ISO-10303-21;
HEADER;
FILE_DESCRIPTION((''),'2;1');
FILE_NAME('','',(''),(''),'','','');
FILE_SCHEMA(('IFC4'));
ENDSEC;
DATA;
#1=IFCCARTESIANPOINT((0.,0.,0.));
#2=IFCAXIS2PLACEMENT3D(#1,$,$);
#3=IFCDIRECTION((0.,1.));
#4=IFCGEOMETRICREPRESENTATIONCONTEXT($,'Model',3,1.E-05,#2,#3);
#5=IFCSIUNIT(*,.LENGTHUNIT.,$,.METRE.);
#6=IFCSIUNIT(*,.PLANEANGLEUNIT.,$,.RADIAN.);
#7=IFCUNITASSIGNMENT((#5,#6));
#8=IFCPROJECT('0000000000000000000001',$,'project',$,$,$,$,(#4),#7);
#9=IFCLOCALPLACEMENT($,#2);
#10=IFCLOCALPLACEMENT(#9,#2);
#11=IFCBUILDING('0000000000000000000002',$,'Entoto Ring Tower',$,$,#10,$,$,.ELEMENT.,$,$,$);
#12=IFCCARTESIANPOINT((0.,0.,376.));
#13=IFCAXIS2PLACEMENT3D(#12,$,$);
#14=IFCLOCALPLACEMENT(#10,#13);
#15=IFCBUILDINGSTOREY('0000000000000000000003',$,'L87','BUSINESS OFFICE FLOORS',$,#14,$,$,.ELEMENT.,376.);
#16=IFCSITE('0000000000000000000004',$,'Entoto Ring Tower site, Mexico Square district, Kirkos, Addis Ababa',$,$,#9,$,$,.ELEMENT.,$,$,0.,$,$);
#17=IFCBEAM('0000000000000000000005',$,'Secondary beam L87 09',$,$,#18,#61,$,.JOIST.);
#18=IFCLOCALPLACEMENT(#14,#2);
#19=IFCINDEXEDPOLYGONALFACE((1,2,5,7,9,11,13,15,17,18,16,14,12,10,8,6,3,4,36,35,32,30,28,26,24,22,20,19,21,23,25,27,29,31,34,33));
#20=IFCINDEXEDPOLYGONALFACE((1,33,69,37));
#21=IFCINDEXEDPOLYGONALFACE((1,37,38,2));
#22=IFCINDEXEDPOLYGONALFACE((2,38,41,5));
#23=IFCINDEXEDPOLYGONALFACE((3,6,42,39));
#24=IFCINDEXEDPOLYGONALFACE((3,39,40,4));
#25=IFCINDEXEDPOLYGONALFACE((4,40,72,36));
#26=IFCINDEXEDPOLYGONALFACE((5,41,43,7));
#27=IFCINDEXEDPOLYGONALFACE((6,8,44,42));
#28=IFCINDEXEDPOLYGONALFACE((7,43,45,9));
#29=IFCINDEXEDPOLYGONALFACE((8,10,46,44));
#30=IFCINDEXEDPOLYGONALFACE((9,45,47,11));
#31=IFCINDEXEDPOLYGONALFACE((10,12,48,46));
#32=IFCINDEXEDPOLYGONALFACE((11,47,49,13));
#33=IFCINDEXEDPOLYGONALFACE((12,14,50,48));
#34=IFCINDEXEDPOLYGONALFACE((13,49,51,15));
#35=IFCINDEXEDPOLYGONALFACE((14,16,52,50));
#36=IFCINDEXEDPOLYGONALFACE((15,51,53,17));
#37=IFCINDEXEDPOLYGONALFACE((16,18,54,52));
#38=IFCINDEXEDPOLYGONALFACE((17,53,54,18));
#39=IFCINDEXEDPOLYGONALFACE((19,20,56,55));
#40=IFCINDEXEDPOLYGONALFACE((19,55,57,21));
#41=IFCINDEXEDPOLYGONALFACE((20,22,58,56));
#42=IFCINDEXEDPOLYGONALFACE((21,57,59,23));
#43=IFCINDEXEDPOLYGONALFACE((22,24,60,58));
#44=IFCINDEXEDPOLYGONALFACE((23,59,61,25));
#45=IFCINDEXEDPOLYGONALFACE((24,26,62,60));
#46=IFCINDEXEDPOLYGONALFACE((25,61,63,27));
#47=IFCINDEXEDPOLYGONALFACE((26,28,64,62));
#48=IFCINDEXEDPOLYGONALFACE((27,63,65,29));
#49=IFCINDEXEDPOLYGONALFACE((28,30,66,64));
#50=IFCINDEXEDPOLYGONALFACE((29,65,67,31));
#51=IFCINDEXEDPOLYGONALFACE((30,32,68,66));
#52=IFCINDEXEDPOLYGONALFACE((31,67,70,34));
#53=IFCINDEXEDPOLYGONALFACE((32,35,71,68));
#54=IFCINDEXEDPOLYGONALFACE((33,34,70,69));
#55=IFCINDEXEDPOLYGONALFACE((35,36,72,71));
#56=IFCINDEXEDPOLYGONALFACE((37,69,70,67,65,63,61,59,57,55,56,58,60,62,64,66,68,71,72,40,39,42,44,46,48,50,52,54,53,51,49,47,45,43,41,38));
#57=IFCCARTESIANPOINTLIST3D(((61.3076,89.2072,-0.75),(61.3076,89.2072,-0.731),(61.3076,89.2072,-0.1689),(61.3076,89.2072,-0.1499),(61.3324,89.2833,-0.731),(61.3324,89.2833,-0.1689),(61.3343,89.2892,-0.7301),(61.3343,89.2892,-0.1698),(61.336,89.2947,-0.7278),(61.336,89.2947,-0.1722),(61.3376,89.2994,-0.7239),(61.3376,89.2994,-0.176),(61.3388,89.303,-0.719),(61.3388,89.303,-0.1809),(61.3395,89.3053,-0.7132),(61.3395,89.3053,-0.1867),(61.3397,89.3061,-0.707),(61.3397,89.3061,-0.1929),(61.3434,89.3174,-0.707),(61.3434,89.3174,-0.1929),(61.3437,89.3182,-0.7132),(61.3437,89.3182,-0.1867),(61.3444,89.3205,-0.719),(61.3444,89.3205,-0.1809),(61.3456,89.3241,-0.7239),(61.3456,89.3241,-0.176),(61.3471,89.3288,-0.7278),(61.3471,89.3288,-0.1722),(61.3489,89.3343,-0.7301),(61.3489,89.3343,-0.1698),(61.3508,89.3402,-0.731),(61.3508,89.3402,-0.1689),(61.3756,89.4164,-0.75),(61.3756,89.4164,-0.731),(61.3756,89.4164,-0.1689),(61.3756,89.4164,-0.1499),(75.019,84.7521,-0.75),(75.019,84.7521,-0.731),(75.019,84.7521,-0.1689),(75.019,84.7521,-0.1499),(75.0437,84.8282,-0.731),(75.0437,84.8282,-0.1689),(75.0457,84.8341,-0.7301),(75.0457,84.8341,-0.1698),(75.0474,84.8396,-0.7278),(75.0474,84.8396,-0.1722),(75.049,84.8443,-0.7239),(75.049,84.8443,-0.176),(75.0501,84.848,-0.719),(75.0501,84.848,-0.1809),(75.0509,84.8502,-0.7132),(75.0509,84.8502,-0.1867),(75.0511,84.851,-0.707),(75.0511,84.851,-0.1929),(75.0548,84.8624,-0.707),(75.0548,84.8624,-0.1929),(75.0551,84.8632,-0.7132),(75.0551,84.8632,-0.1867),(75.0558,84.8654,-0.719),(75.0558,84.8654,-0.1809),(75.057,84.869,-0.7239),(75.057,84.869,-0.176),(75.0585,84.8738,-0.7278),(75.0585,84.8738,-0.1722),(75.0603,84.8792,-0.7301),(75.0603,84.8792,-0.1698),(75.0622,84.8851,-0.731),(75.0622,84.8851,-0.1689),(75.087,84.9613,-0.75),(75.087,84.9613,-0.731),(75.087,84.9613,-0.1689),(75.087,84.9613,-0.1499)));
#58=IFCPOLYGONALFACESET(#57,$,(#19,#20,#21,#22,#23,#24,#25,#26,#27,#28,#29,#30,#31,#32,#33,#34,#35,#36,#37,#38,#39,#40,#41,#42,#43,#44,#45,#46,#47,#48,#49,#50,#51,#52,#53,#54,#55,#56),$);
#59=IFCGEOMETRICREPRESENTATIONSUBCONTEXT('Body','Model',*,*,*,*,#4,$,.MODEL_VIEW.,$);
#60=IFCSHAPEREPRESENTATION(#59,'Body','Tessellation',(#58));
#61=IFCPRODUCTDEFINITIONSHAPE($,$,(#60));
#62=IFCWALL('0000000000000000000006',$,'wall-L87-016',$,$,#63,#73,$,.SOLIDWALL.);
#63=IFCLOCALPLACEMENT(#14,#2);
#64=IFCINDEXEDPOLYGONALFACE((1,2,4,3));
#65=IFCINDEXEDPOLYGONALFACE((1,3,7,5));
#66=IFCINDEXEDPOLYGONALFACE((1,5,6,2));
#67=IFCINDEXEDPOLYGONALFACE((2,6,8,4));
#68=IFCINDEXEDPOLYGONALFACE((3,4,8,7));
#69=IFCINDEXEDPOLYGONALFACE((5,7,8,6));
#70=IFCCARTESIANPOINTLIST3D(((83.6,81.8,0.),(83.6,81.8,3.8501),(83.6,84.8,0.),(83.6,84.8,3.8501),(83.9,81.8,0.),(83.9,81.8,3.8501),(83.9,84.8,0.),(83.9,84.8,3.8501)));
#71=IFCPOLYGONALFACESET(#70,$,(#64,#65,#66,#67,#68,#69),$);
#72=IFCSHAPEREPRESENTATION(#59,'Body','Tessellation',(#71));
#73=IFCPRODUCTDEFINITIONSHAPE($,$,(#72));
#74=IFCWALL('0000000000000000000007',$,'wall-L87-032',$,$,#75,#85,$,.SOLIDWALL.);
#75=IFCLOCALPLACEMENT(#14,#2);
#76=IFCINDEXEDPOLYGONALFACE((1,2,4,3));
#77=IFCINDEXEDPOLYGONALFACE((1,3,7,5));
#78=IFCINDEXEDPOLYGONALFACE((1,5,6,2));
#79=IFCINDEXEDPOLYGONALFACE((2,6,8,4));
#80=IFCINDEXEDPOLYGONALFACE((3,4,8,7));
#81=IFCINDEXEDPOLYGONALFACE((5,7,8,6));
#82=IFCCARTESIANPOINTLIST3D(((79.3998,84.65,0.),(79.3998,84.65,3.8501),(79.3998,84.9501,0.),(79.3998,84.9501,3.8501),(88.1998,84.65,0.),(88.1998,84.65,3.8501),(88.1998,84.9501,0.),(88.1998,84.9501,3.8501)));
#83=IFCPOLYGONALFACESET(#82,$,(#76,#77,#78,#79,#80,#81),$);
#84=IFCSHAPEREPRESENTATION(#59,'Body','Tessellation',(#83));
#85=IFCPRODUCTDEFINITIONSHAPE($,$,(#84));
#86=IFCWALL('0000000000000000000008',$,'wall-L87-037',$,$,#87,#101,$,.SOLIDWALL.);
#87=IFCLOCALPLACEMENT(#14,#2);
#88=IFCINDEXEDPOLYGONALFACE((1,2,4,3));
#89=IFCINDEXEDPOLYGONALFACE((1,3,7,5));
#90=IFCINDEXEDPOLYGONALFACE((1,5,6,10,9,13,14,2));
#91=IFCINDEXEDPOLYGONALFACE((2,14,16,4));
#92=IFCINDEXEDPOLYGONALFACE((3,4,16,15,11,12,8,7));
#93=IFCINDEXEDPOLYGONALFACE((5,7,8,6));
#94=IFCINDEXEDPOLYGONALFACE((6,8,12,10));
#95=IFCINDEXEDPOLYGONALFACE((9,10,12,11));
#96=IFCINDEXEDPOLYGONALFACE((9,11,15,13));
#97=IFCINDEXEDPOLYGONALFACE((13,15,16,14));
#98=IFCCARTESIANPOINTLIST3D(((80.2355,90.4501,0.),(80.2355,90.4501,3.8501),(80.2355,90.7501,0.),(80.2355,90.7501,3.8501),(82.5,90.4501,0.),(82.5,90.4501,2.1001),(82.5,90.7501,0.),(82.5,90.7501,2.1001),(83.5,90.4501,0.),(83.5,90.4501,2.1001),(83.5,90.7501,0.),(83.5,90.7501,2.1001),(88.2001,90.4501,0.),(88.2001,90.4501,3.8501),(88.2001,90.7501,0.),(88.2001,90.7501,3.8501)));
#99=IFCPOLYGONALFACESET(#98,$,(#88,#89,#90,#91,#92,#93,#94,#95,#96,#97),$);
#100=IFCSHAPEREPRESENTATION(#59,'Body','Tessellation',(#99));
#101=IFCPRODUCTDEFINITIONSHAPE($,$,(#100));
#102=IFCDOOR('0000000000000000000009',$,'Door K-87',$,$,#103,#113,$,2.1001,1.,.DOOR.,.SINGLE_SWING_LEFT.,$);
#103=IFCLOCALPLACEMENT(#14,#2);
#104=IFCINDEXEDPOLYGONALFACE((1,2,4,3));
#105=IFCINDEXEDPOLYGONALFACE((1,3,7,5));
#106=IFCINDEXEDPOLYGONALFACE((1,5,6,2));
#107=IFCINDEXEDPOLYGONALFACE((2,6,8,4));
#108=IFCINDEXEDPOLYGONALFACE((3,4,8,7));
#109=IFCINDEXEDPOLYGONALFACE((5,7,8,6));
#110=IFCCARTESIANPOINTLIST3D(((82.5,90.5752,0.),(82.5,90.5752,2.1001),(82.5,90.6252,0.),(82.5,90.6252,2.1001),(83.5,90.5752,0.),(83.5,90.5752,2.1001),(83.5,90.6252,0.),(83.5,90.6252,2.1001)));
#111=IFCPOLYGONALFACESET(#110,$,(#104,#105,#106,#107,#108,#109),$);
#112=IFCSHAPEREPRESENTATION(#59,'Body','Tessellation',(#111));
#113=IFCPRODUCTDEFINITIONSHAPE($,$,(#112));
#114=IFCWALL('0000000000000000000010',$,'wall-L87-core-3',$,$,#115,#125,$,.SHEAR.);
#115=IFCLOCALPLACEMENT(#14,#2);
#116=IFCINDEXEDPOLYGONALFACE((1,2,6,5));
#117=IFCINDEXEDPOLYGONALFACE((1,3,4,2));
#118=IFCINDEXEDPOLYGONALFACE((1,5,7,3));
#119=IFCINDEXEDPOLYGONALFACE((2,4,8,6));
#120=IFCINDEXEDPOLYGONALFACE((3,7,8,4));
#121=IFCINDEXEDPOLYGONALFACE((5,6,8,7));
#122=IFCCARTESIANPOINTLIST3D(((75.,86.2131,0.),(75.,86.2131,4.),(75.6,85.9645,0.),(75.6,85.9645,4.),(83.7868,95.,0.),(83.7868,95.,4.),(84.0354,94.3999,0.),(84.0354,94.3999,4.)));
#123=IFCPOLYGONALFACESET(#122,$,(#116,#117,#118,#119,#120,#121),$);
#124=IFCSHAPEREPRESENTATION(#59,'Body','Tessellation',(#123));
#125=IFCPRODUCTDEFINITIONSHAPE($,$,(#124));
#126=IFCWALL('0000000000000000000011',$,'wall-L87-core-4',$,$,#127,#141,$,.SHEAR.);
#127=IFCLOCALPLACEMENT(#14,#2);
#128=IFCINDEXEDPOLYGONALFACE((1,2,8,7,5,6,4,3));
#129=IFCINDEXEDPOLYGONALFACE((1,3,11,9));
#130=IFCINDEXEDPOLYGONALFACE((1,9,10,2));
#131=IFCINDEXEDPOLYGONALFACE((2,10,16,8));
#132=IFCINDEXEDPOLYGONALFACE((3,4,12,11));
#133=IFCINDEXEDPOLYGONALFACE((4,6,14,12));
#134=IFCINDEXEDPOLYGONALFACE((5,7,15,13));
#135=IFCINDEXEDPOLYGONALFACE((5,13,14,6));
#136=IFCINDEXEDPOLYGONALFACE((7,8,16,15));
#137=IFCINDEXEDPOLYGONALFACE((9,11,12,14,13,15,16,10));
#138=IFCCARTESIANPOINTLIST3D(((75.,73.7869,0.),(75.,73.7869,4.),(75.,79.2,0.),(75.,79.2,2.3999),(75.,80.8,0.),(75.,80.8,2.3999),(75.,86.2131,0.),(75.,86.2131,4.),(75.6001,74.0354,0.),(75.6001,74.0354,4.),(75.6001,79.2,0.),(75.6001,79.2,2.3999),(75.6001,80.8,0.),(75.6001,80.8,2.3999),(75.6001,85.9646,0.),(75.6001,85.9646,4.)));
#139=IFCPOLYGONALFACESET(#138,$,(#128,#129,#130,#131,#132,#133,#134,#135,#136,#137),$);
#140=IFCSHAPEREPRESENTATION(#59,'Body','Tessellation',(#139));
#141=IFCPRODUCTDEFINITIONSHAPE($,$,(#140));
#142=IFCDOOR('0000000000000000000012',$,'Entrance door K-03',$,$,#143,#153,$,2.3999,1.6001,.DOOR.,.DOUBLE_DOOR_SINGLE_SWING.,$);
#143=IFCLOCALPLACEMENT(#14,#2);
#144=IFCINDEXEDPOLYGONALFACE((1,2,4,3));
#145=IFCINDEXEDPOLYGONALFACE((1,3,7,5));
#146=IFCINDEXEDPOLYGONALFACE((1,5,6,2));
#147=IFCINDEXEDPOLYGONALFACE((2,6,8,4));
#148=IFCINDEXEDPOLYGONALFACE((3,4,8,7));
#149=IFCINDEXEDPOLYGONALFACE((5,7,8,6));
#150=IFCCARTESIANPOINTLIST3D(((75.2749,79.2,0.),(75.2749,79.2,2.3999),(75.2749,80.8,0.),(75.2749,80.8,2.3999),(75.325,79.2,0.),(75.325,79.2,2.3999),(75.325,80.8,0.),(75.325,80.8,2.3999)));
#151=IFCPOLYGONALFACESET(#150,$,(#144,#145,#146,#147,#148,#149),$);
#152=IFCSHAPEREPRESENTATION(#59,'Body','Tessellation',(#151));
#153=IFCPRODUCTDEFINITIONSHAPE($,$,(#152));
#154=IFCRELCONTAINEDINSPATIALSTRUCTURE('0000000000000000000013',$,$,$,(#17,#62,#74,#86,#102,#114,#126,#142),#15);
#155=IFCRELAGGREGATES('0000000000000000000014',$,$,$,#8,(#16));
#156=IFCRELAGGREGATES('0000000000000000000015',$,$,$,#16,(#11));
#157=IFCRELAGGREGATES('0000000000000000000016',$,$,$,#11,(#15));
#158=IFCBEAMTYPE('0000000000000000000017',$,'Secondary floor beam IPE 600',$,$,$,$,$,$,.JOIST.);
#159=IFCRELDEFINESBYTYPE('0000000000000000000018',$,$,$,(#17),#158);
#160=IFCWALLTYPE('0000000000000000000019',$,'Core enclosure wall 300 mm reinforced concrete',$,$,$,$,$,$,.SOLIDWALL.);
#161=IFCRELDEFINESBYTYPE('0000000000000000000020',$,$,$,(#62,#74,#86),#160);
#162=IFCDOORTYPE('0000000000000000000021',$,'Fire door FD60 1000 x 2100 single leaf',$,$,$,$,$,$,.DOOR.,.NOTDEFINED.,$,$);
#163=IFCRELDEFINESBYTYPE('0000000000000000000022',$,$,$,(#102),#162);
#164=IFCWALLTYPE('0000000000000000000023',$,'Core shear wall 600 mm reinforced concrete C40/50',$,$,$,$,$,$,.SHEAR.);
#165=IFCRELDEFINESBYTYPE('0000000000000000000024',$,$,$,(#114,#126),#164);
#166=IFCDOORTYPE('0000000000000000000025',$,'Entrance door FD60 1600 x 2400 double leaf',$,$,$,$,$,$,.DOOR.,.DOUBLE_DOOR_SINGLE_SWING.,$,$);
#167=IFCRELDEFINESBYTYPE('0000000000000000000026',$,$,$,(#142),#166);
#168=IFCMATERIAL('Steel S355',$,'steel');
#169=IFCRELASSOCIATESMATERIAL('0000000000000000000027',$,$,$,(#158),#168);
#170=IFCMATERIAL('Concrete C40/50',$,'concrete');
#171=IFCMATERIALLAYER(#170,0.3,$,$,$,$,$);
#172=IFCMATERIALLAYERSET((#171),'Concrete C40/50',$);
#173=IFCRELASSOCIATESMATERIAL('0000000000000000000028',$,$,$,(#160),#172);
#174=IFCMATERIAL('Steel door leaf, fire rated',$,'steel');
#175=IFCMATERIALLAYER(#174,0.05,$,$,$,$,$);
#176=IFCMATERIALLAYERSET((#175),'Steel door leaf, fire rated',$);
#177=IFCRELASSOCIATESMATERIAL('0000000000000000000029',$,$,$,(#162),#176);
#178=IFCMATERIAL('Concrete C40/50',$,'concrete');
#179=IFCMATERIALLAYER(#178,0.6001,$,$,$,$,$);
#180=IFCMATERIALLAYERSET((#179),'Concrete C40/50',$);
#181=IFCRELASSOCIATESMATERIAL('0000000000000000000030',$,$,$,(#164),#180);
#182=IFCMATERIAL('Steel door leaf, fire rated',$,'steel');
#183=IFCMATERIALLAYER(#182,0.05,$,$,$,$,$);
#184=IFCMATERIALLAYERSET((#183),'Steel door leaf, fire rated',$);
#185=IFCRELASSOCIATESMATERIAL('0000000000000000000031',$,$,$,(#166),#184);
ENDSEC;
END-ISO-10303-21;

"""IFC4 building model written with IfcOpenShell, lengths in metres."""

from ifc_helpers import new_model, si_unit, direction, frame, frame_2d, origin, origin_2d, place, context, subcontext, project, spatial, polyline, rectangle, i_section, outline, extrude, material, layer, layer_set, material_profile, profile_set, type_object, element, fill, save


model = new_model("IFC4")

# Units and contexts
model_context = context("Model", 3, precision=1e-05, world=origin(), true_north=direction((0.0, 1.0)))
body_context = subcontext(model_context, "Body", "Model", "MODEL_VIEW")
ifc_project = project(units=[si_unit("LENGTHUNIT", "METRE"), si_unit("PLANEANGLEUNIT", "RADIAN")], contexts=[model_context])

# Site, building, storey
site_placement = place(None, origin())
site = spatial("IfcSite", under=ifc_project, at=site_placement, Name="Entoto Ring Tower site, Mexico Square district, Kirkos, Addis Ababa", CompositionType="ELEMENT", RefElevation=0.0)
building_placement = place(site_placement, origin())
building = spatial("IfcBuilding", under=site, at=building_placement, Name="Entoto Ring Tower", CompositionType="ELEMENT")
storey_placement = place(building_placement, frame((0.0, 0.0, 376.0)))
storey = spatial("IfcBuildingStorey", under=building, at=storey_placement, Name="L87", Description="BUSINESS OFFICE FLOORS", CompositionType="ELEMENT", Elevation=376.0)

# Beam
ifc_material_1 = material(Name="Steel S355", Category="steel")
ifc_material_profile_1 = material_profile(ifc_material_1, i_section(OverallWidth=0.22, OverallDepth=0.6001, WebThickness=0.012, FlangeThickness=0.019, FilletRadius=0.0239, at=origin_2d()), Name="IPE 600")
ifc_profile_set_1 = profile_set([ifc_material_profile_1], Name="Steel S355")
beam_type_1 = type_object("IfcBeamType", Name="Secondary floor beam IPE 600", PredefinedType="JOIST", material=ifc_profile_set_1)
beam_1_placement = place(storey_placement, frame((75.053, 84.8567, -0.45), z_axis=(-0.951057, 0.309015, 0.0), x_axis=(-0.309015, -0.951057, 0.0)))
element("IfcBeam", 1, at=beam_1_placement, inside=storey, type_object=beam_type_1, Name="Secondary beam L87 09", PredefinedType="JOIST", context=body_context, shape_type="SweptSolid", body=[
    extrude(i_section(OverallWidth=0.22, OverallDepth=0.6001, WebThickness=0.012, FlangeThickness=0.019, FilletRadius=0.0239, at=origin_2d()), origin(), (0.0, 0.0, 1.0), 14.417),
])

# Walls
ifc_material_2 = material(Name="Concrete C40/50", Category="concrete")
ifc_layer_1 = layer(ifc_material_2, 0.3)
ifc_layer_set_1 = layer_set([ifc_layer_1], Name="Concrete C40/50")
wall_type_1 = type_object("IfcWallType", Name="Core enclosure wall 300 mm reinforced concrete", PredefinedType="SOLIDWALL", material=ifc_layer_set_1)
wall_1_placement = place(storey_placement, frame((83.75, 81.8, 0.0), z_axis=(0.0, 0.0, 1.0), x_axis=(0.0, 1.0, 0.0)))
element("IfcWall", 2, at=wall_1_placement, inside=storey, type_object=wall_type_1, Name="wall-L87-016", PredefinedType="SOLIDWALL", context=body_context, shape_type="SweptSolid", body=[
    extrude(rectangle(XDim=3.0, YDim=0.3, at=frame_2d((1.5, 0.0))), origin(), (0.0, 0.0, 1.0), 3.8501),
])
wall_2_placement = place(storey_placement, frame((79.3999, 84.8, 0.0), z_axis=(0.0, 0.0, 1.0), x_axis=(1.0, 0.0, 0.0)))
element("IfcWall", 3, at=wall_2_placement, inside=storey, type_object=wall_type_1, Name="wall-L87-032", PredefinedType="SOLIDWALL", context=body_context, shape_type="SweptSolid", body=[
    extrude(rectangle(XDim=8.8, YDim=0.3, at=frame_2d((4.3999, 0.0))), origin(), (0.0, 0.0, 1.0), 3.8501),
])

# Wall, opening, door
wall_3_placement = place(storey_placement, frame((80.2354, 90.6001, 0.0), z_axis=(0.0, 0.0, 1.0), x_axis=(1.0, 0.0, 0.0)))
wall_3 = element("IfcWall", 4, at=wall_3_placement, inside=storey, type_object=wall_type_1, Name="wall-L87-037", PredefinedType="SOLIDWALL", context=body_context, shape_type="SweptSolid", body=[
    extrude(rectangle(XDim=7.9646, YDim=0.3, at=frame_2d((3.9824, 0.0))), origin(), (0.0, 0.0, 1.0), 3.8501),
])
opening_1_placement = place(wall_3_placement, frame((2.2646, 0.0, 0.0)))
opening_1 = element("IfcOpeningElement", 5, at=opening_1_placement, cuts=wall_3, PredefinedType="OPENING", context=body_context, shape_type="SweptSolid", body=[
    extrude(rectangle(XDim=1.0, YDim=2.1001, at=frame_2d((0.5, 1.05))), frame((0.0, 0.1602, 0.0), z_axis=(0.0, -1.0, 0.0), x_axis=(1.0, 0.0, 0.0)), (0.0, 0.0, 1.0), 0.3201),
])
ifc_material_3 = material(Name="Steel door leaf, fire rated", Category="steel")
ifc_layer_2 = layer(ifc_material_3, 0.05)
ifc_layer_set_2 = layer_set([ifc_layer_2], Name="Steel door leaf, fire rated")
door_type_1 = type_object("IfcDoorType", Name="Fire door FD60 1000 x 2100 single leaf", OperationType="NOTDEFINED", PredefinedType="DOOR", material=ifc_layer_set_2)
door_1_placement = place(opening_1_placement, frame((1.0, 0.0, 0.0), z_axis=(0.0, 0.0, 1.0), x_axis=(-1.0, 0.0, 0.0)))
door_1 = element("IfcDoor", 6, at=door_1_placement, inside=storey, type_object=door_type_1, Name="Door K-87", OperationType="SINGLE_SWING_LEFT", OverallHeight=2.1001, OverallWidth=1.0, PredefinedType="DOOR", context=body_context, shape_type="SweptSolid", body=[
    extrude(rectangle(XDim=1.0, YDim=2.1001, at=frame_2d((0.5, 1.05))), frame((0.0, 0.0249, 0.0), z_axis=(0.0, -1.0, 0.0), x_axis=(1.0, 0.0, 0.0)), (0.0, 0.0, 1.0), 0.05),
])
fill(opening_1, door_1)

# Wall
ifc_material_4 = material(Name="Concrete C40/50", Category="concrete")
ifc_layer_3 = layer(ifc_material_4, 0.6001)
ifc_layer_set_3 = layer_set([ifc_layer_3], Name="Concrete C40/50")
wall_type_2 = type_object("IfcWallType", Name="Core shear wall 600 mm reinforced concrete C40/50", PredefinedType="SHEAR", material=ifc_layer_set_3)
wall_4_placement = place(storey_placement, frame((83.9111, 94.7, 0.0), z_axis=(0.0, 0.0, 1.0), x_axis=(-0.707107, -0.707107, 0.0)))
element("IfcWall", 7, at=wall_4_placement, inside=storey, type_object=wall_type_2, Name="wall-L87-core-3", PredefinedType="SHEAR", context=body_context, shape_type="SweptSolid", body=[
    extrude(outline(polyline([(-0.1243, -0.3), (12.3022, -0.3), (12.0537, 0.3), (0.1243, 0.3), (-0.1243, -0.3)])), origin(), (0.0, 0.0, 1.0), 4.0),
])

# Wall, opening, door
wall_5_placement = place(storey_placement, frame((75.3, 86.0889, 0.0), z_axis=(0.0, 0.0, 1.0), x_axis=(0.0, -1.0, 0.0)))
wall_5 = element("IfcWall", 8, at=wall_5_placement, inside=storey, type_object=wall_type_2, Name="wall-L87-core-4", PredefinedType="SHEAR", context=body_context, shape_type="SweptSolid", body=[
    extrude(outline(polyline([(-0.1243, -0.3), (12.302, -0.3), (12.0535, 0.3), (0.1243, 0.3), (-0.1243, -0.3)])), origin(), (0.0, 0.0, 1.0), 4.0),
])
opening_2_placement = place(wall_5_placement, frame((5.2888, 0.0, 0.0)))
opening_2 = element("IfcOpeningElement", 9, at=opening_2_placement, cuts=wall_5, PredefinedType="OPENING", context=body_context, shape_type="SweptSolid", body=[
    extrude(rectangle(XDim=1.6001, YDim=2.3999, at=frame_2d((0.8, 1.2))), frame((0.0, 0.3101, 0.0), z_axis=(0.0, -1.0, 0.0), x_axis=(1.0, 0.0, 0.0)), (0.0, 0.0, 1.0), 0.6201),
])
ifc_material_5 = material(Name="Steel door leaf, fire rated", Category="steel")
ifc_layer_4 = layer(ifc_material_5, 0.05)
ifc_layer_set_4 = layer_set([ifc_layer_4], Name="Steel door leaf, fire rated")
door_type_2 = type_object("IfcDoorType", Name="Entrance door FD60 1600 x 2400 double leaf", OperationType="DOUBLE_DOOR_SINGLE_SWING", PredefinedType="DOOR", material=ifc_layer_set_4)
door_2_placement = place(opening_2_placement, origin())
door_2 = element("IfcDoor", 10, at=door_2_placement, inside=storey, type_object=door_type_2, Name="Entrance door K-03", OperationType="DOUBLE_DOOR_SINGLE_SWING", OverallHeight=2.3999, OverallWidth=1.6001, PredefinedType="DOOR", context=body_context, shape_type="SweptSolid", body=[
    extrude(rectangle(XDim=1.6001, YDim=2.3999, at=frame_2d((0.8, 1.2))), frame((0.0, 0.0249, 0.0), z_axis=(0.0, -1.0, 0.0), x_axis=(1.0, 0.0, 0.0)), (0.0, 0.0, 1.0), 0.05),
])
fill(opening_2, door_2)

save(model, "model.ifc")
